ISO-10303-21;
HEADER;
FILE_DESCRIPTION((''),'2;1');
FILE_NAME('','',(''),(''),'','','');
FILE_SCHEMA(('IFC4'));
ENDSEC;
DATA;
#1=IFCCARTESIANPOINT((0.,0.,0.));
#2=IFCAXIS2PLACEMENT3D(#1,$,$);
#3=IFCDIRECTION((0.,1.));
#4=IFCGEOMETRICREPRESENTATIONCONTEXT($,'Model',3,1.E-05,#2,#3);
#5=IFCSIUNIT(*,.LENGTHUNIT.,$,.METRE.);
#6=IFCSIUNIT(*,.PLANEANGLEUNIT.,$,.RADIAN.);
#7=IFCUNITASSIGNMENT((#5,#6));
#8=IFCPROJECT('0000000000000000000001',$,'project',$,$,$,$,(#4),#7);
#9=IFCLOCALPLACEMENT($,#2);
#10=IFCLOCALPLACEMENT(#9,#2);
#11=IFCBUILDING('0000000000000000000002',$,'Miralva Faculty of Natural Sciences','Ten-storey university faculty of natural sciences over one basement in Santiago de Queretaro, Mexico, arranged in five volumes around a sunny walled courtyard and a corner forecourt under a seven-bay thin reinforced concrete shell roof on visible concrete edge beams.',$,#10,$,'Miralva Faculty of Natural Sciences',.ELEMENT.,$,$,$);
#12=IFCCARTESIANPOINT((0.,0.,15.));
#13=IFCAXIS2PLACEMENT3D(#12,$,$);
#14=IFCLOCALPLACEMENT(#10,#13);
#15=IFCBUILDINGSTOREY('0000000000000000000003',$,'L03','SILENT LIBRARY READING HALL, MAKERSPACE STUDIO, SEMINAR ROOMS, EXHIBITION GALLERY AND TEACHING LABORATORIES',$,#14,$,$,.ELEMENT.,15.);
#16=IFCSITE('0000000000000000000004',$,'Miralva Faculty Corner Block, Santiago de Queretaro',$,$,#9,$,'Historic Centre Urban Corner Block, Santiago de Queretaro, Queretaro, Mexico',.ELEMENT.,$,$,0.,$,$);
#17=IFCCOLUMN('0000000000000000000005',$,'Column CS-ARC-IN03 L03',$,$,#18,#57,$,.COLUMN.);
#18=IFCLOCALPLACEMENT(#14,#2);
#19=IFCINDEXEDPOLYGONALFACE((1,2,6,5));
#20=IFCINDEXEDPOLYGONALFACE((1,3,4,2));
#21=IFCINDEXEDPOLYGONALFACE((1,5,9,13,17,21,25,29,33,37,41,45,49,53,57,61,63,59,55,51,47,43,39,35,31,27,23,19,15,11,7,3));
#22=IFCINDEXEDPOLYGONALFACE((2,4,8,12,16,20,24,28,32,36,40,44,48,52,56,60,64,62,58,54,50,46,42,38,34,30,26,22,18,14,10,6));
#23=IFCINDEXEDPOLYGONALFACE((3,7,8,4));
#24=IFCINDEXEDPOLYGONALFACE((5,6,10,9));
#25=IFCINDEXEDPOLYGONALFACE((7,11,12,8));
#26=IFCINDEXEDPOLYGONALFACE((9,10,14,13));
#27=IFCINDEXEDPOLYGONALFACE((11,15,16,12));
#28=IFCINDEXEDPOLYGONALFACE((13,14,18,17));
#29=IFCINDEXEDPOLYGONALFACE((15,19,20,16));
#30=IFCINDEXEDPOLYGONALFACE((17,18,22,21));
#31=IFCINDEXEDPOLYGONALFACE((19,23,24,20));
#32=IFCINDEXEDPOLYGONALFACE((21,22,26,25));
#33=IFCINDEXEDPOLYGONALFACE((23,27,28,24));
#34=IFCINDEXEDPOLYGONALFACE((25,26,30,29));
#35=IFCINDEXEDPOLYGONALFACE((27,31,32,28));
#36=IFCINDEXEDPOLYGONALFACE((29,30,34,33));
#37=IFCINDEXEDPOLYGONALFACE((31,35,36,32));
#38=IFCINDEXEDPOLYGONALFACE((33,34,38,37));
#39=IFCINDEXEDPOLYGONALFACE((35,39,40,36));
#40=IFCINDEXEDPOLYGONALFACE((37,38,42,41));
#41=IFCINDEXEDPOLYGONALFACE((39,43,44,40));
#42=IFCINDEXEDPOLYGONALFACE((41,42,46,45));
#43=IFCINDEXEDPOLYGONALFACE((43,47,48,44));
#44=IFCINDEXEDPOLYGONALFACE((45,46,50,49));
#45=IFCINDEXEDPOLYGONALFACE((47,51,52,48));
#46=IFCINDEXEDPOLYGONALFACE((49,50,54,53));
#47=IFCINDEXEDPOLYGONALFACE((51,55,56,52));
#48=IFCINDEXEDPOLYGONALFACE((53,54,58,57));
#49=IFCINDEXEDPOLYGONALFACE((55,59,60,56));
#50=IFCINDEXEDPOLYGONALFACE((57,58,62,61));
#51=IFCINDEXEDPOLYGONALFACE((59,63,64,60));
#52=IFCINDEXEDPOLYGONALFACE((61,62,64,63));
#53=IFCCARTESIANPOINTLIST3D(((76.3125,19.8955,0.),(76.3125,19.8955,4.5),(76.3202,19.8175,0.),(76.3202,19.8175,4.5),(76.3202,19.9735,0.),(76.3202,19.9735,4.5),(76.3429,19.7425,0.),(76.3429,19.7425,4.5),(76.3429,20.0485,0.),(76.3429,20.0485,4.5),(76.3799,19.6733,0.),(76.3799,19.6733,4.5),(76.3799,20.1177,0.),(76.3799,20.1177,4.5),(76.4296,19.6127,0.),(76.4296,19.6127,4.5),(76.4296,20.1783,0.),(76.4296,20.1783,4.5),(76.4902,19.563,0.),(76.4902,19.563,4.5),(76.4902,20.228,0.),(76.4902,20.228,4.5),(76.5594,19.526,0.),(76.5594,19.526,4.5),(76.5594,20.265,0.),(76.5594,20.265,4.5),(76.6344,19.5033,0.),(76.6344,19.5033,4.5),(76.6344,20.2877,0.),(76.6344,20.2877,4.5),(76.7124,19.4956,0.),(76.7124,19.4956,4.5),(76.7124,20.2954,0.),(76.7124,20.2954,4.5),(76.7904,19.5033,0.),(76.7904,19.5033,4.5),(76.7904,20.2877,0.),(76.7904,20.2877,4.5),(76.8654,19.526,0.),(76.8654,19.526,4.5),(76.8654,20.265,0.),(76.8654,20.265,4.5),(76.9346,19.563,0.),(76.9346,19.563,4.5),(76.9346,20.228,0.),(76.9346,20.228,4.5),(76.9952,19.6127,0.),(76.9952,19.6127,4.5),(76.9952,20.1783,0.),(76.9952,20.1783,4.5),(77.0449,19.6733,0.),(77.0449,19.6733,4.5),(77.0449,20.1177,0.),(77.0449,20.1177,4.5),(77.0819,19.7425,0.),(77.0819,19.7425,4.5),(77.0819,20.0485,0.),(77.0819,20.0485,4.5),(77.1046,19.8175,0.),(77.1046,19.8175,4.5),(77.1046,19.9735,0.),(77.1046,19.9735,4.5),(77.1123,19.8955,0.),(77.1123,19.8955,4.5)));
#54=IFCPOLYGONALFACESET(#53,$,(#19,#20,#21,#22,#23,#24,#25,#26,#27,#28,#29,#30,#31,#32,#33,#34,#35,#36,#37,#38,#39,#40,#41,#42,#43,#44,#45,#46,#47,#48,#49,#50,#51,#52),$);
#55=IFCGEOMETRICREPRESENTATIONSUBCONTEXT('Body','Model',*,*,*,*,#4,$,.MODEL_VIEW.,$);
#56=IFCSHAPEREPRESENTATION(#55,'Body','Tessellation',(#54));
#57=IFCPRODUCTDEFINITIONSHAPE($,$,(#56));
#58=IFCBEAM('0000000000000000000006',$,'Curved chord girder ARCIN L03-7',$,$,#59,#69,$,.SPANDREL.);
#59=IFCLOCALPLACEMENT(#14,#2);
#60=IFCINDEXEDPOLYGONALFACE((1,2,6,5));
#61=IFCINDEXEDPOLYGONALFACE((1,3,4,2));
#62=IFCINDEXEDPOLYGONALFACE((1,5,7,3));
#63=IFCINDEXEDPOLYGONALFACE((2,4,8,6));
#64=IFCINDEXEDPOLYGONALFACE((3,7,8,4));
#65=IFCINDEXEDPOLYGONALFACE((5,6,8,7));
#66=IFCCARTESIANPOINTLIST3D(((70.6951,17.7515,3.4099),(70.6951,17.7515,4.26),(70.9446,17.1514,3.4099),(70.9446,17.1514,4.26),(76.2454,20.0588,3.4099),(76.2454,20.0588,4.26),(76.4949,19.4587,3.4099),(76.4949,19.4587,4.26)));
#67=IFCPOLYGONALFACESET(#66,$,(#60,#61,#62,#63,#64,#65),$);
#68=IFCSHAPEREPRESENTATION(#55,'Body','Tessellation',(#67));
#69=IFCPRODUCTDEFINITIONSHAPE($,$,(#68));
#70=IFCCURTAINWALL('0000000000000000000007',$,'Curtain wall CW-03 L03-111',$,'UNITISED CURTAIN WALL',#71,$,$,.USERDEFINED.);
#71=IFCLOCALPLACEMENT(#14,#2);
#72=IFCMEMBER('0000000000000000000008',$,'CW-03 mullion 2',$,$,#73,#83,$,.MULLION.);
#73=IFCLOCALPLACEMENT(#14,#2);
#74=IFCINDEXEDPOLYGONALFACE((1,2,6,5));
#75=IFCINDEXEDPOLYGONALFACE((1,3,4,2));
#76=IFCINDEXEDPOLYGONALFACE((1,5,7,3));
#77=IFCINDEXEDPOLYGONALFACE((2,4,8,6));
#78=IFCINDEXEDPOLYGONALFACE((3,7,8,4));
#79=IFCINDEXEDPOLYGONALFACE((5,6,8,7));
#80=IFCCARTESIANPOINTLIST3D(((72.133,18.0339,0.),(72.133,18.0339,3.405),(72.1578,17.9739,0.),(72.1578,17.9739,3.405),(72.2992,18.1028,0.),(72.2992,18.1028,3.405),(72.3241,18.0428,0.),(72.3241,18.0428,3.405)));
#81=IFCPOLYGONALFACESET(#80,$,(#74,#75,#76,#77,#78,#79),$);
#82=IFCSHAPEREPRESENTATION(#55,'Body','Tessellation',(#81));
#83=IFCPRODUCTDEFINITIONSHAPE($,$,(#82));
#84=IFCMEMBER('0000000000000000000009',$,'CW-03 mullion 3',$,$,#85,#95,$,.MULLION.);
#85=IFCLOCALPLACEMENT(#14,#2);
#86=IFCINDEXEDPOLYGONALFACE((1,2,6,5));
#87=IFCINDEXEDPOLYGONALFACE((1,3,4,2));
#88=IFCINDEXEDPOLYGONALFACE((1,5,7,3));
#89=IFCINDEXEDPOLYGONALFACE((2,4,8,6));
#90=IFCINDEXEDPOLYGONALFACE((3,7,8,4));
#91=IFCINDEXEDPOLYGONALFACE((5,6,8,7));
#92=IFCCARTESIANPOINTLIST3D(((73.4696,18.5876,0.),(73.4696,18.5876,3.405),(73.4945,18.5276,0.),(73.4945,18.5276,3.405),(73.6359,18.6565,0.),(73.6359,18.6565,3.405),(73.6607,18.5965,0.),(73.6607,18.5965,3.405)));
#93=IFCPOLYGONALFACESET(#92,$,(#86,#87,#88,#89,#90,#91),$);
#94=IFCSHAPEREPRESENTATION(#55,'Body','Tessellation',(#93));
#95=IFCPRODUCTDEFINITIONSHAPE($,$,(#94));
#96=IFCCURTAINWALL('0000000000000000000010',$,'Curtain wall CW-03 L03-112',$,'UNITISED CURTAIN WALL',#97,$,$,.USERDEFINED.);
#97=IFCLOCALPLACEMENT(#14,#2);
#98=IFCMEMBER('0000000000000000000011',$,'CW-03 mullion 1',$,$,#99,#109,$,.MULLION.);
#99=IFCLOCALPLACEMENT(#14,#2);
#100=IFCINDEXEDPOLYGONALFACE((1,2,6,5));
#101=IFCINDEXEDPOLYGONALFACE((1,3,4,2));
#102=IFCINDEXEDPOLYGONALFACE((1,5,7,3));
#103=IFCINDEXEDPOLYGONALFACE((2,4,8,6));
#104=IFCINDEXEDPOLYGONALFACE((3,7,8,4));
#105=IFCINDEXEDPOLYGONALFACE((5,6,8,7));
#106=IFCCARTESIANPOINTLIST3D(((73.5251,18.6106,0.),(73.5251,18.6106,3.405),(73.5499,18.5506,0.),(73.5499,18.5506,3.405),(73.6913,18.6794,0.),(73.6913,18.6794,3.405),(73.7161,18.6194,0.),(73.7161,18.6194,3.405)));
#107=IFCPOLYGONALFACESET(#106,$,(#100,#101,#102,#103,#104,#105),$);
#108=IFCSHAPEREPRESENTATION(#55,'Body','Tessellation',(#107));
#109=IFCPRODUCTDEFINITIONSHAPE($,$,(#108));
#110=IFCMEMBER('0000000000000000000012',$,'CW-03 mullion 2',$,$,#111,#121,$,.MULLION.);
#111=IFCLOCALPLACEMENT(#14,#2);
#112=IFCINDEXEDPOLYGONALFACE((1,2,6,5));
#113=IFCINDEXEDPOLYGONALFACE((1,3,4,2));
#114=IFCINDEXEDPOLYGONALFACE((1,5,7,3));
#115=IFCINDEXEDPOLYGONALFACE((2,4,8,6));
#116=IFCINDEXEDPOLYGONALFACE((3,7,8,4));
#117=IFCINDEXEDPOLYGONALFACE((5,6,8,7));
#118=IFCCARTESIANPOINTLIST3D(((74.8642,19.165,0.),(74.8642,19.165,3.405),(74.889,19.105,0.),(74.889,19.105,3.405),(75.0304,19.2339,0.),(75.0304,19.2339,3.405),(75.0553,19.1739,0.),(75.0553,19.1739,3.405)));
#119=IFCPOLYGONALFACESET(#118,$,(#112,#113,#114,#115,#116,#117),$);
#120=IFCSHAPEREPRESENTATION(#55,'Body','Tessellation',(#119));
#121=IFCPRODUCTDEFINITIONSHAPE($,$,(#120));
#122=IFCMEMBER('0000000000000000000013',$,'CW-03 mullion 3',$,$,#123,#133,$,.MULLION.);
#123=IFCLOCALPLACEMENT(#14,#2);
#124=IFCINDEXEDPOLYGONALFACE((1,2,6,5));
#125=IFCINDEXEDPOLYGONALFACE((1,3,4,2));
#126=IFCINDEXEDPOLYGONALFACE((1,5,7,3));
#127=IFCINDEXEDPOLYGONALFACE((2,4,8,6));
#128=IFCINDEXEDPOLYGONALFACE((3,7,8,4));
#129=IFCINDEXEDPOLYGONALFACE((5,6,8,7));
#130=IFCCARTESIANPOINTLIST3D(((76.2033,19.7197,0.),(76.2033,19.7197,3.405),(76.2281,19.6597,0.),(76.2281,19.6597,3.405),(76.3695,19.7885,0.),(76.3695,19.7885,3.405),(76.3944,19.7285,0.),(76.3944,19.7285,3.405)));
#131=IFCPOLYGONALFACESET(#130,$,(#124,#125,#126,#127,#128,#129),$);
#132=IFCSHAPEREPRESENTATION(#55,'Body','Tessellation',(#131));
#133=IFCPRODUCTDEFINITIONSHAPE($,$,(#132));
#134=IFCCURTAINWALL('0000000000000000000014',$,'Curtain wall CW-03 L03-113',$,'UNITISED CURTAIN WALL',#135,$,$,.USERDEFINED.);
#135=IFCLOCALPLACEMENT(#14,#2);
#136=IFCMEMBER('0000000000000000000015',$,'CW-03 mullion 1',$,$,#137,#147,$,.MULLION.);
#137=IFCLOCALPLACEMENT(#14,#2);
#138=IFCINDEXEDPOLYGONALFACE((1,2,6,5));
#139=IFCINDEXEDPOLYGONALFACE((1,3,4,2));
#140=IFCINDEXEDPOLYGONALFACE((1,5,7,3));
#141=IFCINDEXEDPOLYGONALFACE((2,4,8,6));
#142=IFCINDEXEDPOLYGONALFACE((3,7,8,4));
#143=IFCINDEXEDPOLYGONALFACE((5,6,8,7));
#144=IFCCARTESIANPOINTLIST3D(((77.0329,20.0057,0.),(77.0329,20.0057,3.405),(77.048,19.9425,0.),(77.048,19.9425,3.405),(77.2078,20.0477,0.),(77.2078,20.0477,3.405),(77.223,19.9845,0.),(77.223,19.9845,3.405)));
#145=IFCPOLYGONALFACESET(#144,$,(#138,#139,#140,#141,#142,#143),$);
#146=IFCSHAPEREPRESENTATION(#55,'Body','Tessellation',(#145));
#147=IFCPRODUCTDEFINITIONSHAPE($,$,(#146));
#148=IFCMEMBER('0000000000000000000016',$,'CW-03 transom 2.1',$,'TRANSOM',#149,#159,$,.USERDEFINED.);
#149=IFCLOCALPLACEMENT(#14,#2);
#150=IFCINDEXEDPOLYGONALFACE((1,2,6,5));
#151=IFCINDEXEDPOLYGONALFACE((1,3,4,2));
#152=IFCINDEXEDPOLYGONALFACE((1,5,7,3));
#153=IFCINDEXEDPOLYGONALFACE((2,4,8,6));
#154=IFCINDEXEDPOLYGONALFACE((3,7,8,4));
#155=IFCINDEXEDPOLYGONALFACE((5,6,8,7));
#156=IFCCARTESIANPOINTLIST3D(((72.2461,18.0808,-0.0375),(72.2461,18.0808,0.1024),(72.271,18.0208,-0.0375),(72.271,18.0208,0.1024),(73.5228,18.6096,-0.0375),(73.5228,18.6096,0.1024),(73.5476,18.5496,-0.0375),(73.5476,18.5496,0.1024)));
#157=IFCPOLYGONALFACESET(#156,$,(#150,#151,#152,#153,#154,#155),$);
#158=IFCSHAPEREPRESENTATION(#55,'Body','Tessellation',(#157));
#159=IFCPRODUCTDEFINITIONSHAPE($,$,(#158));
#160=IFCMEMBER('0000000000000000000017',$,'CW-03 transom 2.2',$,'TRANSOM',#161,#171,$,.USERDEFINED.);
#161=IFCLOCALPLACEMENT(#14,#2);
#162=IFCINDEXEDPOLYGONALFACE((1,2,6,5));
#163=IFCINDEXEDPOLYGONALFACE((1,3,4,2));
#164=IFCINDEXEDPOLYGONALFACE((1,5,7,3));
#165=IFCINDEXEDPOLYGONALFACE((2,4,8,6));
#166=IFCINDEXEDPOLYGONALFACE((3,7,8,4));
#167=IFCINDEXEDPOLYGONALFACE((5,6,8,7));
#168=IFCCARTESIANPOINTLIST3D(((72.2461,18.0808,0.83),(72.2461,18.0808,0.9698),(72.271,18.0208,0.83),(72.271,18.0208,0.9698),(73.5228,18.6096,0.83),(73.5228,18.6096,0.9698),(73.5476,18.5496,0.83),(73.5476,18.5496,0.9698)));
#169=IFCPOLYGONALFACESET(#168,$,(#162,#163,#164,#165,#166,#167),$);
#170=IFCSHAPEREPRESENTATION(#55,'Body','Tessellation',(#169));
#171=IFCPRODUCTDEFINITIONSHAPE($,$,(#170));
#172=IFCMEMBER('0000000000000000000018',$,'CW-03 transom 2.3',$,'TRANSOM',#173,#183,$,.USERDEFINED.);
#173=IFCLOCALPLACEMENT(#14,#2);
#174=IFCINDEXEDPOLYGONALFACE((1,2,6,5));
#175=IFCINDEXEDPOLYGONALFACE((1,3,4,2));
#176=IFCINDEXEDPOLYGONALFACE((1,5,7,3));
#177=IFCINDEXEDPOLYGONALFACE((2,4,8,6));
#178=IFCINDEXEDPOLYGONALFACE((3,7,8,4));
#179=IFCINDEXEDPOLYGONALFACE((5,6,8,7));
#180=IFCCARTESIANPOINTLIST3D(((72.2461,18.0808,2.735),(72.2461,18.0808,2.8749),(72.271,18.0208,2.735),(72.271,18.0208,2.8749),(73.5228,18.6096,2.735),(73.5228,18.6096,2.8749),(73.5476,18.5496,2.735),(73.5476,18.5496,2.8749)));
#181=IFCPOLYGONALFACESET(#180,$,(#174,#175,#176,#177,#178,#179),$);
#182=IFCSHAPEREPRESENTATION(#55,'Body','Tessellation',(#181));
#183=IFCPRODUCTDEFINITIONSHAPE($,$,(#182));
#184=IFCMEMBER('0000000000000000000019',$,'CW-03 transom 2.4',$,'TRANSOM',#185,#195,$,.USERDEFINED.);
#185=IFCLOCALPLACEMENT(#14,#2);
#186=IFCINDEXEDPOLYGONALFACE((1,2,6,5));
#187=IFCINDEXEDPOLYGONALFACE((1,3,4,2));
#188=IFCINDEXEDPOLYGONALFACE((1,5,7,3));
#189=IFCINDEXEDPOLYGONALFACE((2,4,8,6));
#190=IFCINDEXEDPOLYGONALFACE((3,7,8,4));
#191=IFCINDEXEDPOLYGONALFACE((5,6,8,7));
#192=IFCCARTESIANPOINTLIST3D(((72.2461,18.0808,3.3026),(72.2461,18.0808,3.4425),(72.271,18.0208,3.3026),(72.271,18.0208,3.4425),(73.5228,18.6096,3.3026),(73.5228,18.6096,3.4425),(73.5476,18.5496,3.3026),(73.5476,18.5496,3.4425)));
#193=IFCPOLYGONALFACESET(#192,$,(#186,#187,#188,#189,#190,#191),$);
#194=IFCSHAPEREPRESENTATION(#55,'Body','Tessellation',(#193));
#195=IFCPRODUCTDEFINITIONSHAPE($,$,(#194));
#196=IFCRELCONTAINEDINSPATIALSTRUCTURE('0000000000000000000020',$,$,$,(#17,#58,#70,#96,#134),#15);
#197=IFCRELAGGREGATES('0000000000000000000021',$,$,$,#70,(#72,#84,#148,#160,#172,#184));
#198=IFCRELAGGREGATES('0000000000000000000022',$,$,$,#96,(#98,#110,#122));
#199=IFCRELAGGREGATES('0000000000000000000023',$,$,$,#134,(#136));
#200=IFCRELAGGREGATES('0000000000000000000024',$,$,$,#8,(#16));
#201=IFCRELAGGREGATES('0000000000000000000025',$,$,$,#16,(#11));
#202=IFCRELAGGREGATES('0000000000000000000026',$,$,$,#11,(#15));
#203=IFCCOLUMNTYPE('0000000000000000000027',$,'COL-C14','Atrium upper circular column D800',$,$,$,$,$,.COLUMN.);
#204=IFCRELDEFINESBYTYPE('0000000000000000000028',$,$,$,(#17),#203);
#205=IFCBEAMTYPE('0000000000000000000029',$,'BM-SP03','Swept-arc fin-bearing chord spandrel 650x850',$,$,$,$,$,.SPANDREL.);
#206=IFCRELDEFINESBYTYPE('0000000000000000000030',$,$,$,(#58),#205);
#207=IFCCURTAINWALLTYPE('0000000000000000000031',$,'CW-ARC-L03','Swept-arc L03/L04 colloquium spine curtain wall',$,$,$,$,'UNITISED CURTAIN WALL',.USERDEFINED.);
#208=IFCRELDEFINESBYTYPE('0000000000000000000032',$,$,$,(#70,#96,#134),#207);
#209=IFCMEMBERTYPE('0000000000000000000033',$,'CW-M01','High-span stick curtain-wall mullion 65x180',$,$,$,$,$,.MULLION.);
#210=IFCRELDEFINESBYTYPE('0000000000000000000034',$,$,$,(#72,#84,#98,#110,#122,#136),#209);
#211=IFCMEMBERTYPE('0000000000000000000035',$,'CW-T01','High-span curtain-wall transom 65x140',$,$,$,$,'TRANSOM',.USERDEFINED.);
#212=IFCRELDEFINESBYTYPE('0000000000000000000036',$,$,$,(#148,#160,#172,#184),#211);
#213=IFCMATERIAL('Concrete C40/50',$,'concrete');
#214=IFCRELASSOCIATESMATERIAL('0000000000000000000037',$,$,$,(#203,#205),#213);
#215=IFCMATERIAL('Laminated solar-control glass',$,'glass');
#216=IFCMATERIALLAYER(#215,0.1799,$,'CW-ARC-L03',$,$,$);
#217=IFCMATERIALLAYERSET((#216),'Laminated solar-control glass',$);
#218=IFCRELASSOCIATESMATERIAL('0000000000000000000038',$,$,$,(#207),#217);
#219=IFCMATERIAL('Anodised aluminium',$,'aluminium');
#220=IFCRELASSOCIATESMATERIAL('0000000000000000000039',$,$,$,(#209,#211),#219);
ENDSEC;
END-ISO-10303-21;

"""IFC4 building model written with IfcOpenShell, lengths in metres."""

from ifc_helpers import new_model, si_unit, direction, frame, origin, origin_2d, place, context, subcontext, project, spatial, rectangle, circle, extrude, material, layer, layer_set, material_profile, profile_set, type_object, element, aggregate, save


model = new_model("IFC4")

# Units and contexts
model_context = context("Model", 3, precision=1e-05, world=origin(), true_north=direction((0.0, 1.0)))
body_context = subcontext(model_context, "Body", "Model", "MODEL_VIEW")
ifc_project = project(units=[si_unit("LENGTHUNIT", "METRE"), si_unit("PLANEANGLEUNIT", "RADIAN")], contexts=[model_context])

# Site, building, storey
site_placement = place(None, origin())
site = spatial("IfcSite", under=ifc_project, at=site_placement, Name="Miralva Faculty Corner Block, Santiago de Queretaro", LongName="Historic Centre Urban Corner Block, Santiago de Queretaro, Queretaro, Mexico", CompositionType="ELEMENT", RefElevation=0.0)
building_placement = place(site_placement, origin())
building = spatial("IfcBuilding", under=site, at=building_placement, Name="Miralva Faculty of Natural Sciences", Description="Ten-storey university faculty of natural sciences over one basement in Santiago de Queretaro, Mexico, arranged in five volumes around a sunny walled courtyard and a corner forecourt under a seven-bay thin reinforced concrete shell roof on visible concrete edge beams.", LongName="Miralva Faculty of Natural Sciences", CompositionType="ELEMENT")
storey_placement = place(building_placement, frame((0.0, 0.0, 15.0)))
storey = spatial("IfcBuildingStorey", under=building, at=storey_placement, Name="L03", Description="SILENT LIBRARY READING HALL, MAKERSPACE STUDIO, SEMINAR ROOMS, EXHIBITION GALLERY AND TEACHING LABORATORIES", CompositionType="ELEMENT", Elevation=15.0)

# Column
ifc_material_1 = material(Name="Concrete C40/50", Category="concrete")
ifc_material_profile_1 = material_profile(ifc_material_1, circle(Radius=0.3999, at=origin_2d()), Name="RC DIA 800")
ifc_profile_set_1 = profile_set([ifc_material_profile_1], Name="Concrete C40/50")
column_type = type_object("IfcColumnType", Name="COL-C14", Description="Atrium upper circular column D800", PredefinedType="COLUMN", material=ifc_profile_set_1)
column_placement = place(storey_placement, frame((76.7124, 19.8955, 0.0), z_axis=(0.0, 0.0, 1.0), x_axis=(1.0, 0.0, 0.0)))
element("IfcColumn", 1, at=column_placement, inside=storey, type_object=column_type, Name="Column CS-ARC-IN03 L03", PredefinedType="COLUMN", context=body_context, shape_type="SweptSolid", body=[
    extrude(circle(Radius=0.3999, at=origin_2d()), origin(), (0.0, 0.0, 1.0), 4.5),
])

# Beam
ifc_material_profile_2 = material_profile(ifc_material_1, rectangle(XDim=0.6499, YDim=0.8501, at=origin_2d()), Name="RC 650x850")
ifc_profile_set_2 = profile_set([ifc_material_profile_2], Name="Concrete C40/50")
beam_type = type_object("IfcBeamType", Name="BM-SP03", Description="Swept-arc fin-bearing chord spandrel 650x850", PredefinedType="SPANDREL", material=ifc_profile_set_2)
beam_placement = place(storey_placement, frame((76.3701, 19.7588, 3.835), z_axis=(-0.923387, -0.383871, 0.0), x_axis=(0.383871, -0.923387, 0.0)))
element("IfcBeam", 2, at=beam_placement, inside=storey, type_object=beam_type, Name="Curved chord girder ARCIN L03-7", PredefinedType="SPANDREL", context=body_context, shape_type="SweptSolid", body=[
    extrude(rectangle(XDim=0.6499, YDim=0.8501, at=origin_2d()), origin(), (0.0, 0.0, 1.0), 6.0107),
])

# Curtain walls, members
ifc_material_2 = material(Name="Laminated solar-control glass", Category="glass")
ifc_layer_1 = layer(ifc_material_2, 0.1799, Name="CW-ARC-L03")
ifc_layer_set_1 = layer_set([ifc_layer_1], Name="Laminated solar-control glass")
curtain_wall_type = type_object("IfcCurtainWallType", Name="CW-ARC-L03", Description="Swept-arc L03/L04 colloquium spine curtain wall", ElementType="UNITISED CURTAIN WALL", PredefinedType="USERDEFINED", material=ifc_layer_set_1)
curtain_wall_1_placement = place(storey_placement, origin())
curtain_wall_1 = element("IfcCurtainWall", 3, at=curtain_wall_1_placement, inside=storey, type_object=curtain_wall_type, Name="Curtain wall CW-03 L03-111", ObjectType="UNITISED CURTAIN WALL", PredefinedType="USERDEFINED")
ifc_material_3 = material(Name="Anodised aluminium", Category="aluminium")
ifc_material_profile_3 = material_profile(ifc_material_3, rectangle(XDim=0.0649, YDim=0.1799, at=origin_2d()), Name="MULLION 65x180")
ifc_profile_set_3 = profile_set([ifc_material_profile_3], Name="Anodised aluminium")
member_type_1 = type_object("IfcMemberType", Name="CW-M01", Description="High-span stick curtain-wall mullion 65x180", PredefinedType="MULLION", material=ifc_profile_set_3)
member_1_placement = place(storey_placement, frame((72.2285, 18.0383, 0.0), z_axis=(0.0, 0.0, 1.0), x_axis=(-0.382697, 0.923874, 0.0)))
member_1 = element("IfcMember", 4, at=member_1_placement, type_object=member_type_1, Name="CW-03 mullion 2", PredefinedType="MULLION", context=body_context, shape_type="SweptSolid", body=[
    extrude(rectangle(XDim=0.0649, YDim=0.1799, at=origin_2d()), origin(), (0.0, 0.0, 1.0), 3.405),
])
member_2_placement = place(storey_placement, frame((73.5652, 18.592, 0.0), z_axis=(0.0, 0.0, 1.0), x_axis=(-0.382697, 0.923874, 0.0)))
member_2 = element("IfcMember", 5, at=member_2_placement, type_object=member_type_1, Name="CW-03 mullion 3", PredefinedType="MULLION", context=body_context, shape_type="SweptSolid", body=[
    extrude(rectangle(XDim=0.0649, YDim=0.1799, at=origin_2d()), origin(), (0.0, 0.0, 1.0), 3.405),
])
curtain_wall_2_placement = place(storey_placement, origin())
curtain_wall_2 = element("IfcCurtainWall", 6, at=curtain_wall_2_placement, inside=storey, type_object=curtain_wall_type, Name="Curtain wall CW-03 L03-112", ObjectType="UNITISED CURTAIN WALL", PredefinedType="USERDEFINED")
member_3_placement = place(storey_placement, frame((73.6206, 18.615, 0.0), z_axis=(0.0, 0.0, 1.0), x_axis=(-0.382655, 0.923891, 0.0)))
member_3 = element("IfcMember", 7, at=member_3_placement, type_object=member_type_1, Name="CW-03 mullion 1", PredefinedType="MULLION", context=body_context, shape_type="SweptSolid", body=[
    extrude(rectangle(XDim=0.0649, YDim=0.1799, at=origin_2d()), origin(), (0.0, 0.0, 1.0), 3.405),
])
member_4_placement = place(storey_placement, frame((74.9597, 19.1694, 0.0), z_axis=(0.0, 0.0, 1.0), x_axis=(-0.382655, 0.923891, 0.0)))
member_4 = element("IfcMember", 8, at=member_4_placement, type_object=member_type_1, Name="CW-03 mullion 2", PredefinedType="MULLION", context=body_context, shape_type="SweptSolid", body=[
    extrude(rectangle(XDim=0.0649, YDim=0.1799, at=origin_2d()), origin(), (0.0, 0.0, 1.0), 3.405),
])
member_5_placement = place(storey_placement, frame((76.2988, 19.7241, 0.0), z_axis=(0.0, 0.0, 1.0), x_axis=(-0.382655, 0.923891, 0.0)))
member_5 = element("IfcMember", 9, at=member_5_placement, type_object=member_type_1, Name="CW-03 mullion 3", PredefinedType="MULLION", context=body_context, shape_type="SweptSolid", body=[
    extrude(rectangle(XDim=0.0649, YDim=0.1799, at=origin_2d()), origin(), (0.0, 0.0, 1.0), 3.405),
])

# Curtain wall, member
curtain_wall_3_placement = place(storey_placement, origin())
curtain_wall_3 = element("IfcCurtainWall", 10, at=curtain_wall_3_placement, inside=storey, type_object=curtain_wall_type, Name="Curtain wall CW-03 L03-113", ObjectType="UNITISED CURTAIN WALL", PredefinedType="USERDEFINED")
member_6_placement = place(storey_placement, frame((77.1279, 19.9951, 0.0), z_axis=(0.0, 0.0, 1.0), x_axis=(-0.233457, 0.972367, 0.0)))
member_6 = element("IfcMember", 11, at=member_6_placement, type_object=member_type_1, Name="CW-03 mullion 1", PredefinedType="MULLION", context=body_context, shape_type="SweptSolid", body=[
    extrude(rectangle(XDim=0.0649, YDim=0.1799, at=origin_2d()), origin(), (0.0, 0.0, 1.0), 3.405),
])

# Members
ifc_material_profile_4 = material_profile(ifc_material_3, rectangle(XDim=0.0649, YDim=0.1399, at=origin_2d()), Name="TRANSOM 65x140")
ifc_profile_set_4 = profile_set([ifc_material_profile_4], Name="Anodised aluminium")
member_type_2 = type_object("IfcMemberType", Name="CW-T01", Description="High-span curtain-wall transom 65x140", ElementType="TRANSOM", PredefinedType="USERDEFINED", material=ifc_profile_set_4)
member_7_placement = place(storey_placement, frame((72.2585, 18.0508, 0.0325), z_axis=(0.923875, 0.382695, 0.0), x_axis=(-0.382695, 0.923875, 0.0)))
member_7 = element("IfcMember", 12, at=member_7_placement, type_object=member_type_2, Name="CW-03 transom 2.1", ObjectType="TRANSOM", PredefinedType="USERDEFINED", context=body_context, shape_type="SweptSolid", body=[
    extrude(rectangle(XDim=0.0649, YDim=0.1399, at=origin_2d()), origin(), (0.0, 0.0, 1.0), 1.3818),
])
member_8_placement = place(storey_placement, frame((72.2585, 18.0508, 0.8999), z_axis=(0.923875, 0.382695, 0.0), x_axis=(-0.382695, 0.923875, 0.0)))
member_8 = element("IfcMember", 13, at=member_8_placement, type_object=member_type_2, Name="CW-03 transom 2.2", ObjectType="TRANSOM", PredefinedType="USERDEFINED", context=body_context, shape_type="SweptSolid", body=[
    extrude(rectangle(XDim=0.0649, YDim=0.1399, at=origin_2d()), origin(), (0.0, 0.0, 1.0), 1.3818),
])
member_9_placement = place(storey_placement, frame((72.2585, 18.0508, 2.8049), z_axis=(0.923875, 0.382695, 0.0), x_axis=(-0.382695, 0.923875, 0.0)))
member_9 = element("IfcMember", 14, at=member_9_placement, type_object=member_type_2, Name="CW-03 transom 2.3", ObjectType="TRANSOM", PredefinedType="USERDEFINED", context=body_context, shape_type="SweptSolid", body=[
    extrude(rectangle(XDim=0.0649, YDim=0.1399, at=origin_2d()), origin(), (0.0, 0.0, 1.0), 1.3818),
])
member_10_placement = place(storey_placement, frame((72.2585, 18.0508, 3.3726), z_axis=(0.923875, 0.382695, 0.0), x_axis=(-0.382695, 0.923875, 0.0)))
member_10 = element("IfcMember", 15, at=member_10_placement, type_object=member_type_2, Name="CW-03 transom 2.4", ObjectType="TRANSOM", PredefinedType="USERDEFINED", context=body_context, shape_type="SweptSolid", body=[
    extrude(rectangle(XDim=0.0649, YDim=0.1399, at=origin_2d()), origin(), (0.0, 0.0, 1.0), 1.3818),
])

aggregate(curtain_wall_1, [member_1, member_2, member_7, member_8, member_9, member_10])
aggregate(curtain_wall_2, [member_3, member_4, member_5])
aggregate(curtain_wall_3, [member_6])

save(model, "model.ifc")
